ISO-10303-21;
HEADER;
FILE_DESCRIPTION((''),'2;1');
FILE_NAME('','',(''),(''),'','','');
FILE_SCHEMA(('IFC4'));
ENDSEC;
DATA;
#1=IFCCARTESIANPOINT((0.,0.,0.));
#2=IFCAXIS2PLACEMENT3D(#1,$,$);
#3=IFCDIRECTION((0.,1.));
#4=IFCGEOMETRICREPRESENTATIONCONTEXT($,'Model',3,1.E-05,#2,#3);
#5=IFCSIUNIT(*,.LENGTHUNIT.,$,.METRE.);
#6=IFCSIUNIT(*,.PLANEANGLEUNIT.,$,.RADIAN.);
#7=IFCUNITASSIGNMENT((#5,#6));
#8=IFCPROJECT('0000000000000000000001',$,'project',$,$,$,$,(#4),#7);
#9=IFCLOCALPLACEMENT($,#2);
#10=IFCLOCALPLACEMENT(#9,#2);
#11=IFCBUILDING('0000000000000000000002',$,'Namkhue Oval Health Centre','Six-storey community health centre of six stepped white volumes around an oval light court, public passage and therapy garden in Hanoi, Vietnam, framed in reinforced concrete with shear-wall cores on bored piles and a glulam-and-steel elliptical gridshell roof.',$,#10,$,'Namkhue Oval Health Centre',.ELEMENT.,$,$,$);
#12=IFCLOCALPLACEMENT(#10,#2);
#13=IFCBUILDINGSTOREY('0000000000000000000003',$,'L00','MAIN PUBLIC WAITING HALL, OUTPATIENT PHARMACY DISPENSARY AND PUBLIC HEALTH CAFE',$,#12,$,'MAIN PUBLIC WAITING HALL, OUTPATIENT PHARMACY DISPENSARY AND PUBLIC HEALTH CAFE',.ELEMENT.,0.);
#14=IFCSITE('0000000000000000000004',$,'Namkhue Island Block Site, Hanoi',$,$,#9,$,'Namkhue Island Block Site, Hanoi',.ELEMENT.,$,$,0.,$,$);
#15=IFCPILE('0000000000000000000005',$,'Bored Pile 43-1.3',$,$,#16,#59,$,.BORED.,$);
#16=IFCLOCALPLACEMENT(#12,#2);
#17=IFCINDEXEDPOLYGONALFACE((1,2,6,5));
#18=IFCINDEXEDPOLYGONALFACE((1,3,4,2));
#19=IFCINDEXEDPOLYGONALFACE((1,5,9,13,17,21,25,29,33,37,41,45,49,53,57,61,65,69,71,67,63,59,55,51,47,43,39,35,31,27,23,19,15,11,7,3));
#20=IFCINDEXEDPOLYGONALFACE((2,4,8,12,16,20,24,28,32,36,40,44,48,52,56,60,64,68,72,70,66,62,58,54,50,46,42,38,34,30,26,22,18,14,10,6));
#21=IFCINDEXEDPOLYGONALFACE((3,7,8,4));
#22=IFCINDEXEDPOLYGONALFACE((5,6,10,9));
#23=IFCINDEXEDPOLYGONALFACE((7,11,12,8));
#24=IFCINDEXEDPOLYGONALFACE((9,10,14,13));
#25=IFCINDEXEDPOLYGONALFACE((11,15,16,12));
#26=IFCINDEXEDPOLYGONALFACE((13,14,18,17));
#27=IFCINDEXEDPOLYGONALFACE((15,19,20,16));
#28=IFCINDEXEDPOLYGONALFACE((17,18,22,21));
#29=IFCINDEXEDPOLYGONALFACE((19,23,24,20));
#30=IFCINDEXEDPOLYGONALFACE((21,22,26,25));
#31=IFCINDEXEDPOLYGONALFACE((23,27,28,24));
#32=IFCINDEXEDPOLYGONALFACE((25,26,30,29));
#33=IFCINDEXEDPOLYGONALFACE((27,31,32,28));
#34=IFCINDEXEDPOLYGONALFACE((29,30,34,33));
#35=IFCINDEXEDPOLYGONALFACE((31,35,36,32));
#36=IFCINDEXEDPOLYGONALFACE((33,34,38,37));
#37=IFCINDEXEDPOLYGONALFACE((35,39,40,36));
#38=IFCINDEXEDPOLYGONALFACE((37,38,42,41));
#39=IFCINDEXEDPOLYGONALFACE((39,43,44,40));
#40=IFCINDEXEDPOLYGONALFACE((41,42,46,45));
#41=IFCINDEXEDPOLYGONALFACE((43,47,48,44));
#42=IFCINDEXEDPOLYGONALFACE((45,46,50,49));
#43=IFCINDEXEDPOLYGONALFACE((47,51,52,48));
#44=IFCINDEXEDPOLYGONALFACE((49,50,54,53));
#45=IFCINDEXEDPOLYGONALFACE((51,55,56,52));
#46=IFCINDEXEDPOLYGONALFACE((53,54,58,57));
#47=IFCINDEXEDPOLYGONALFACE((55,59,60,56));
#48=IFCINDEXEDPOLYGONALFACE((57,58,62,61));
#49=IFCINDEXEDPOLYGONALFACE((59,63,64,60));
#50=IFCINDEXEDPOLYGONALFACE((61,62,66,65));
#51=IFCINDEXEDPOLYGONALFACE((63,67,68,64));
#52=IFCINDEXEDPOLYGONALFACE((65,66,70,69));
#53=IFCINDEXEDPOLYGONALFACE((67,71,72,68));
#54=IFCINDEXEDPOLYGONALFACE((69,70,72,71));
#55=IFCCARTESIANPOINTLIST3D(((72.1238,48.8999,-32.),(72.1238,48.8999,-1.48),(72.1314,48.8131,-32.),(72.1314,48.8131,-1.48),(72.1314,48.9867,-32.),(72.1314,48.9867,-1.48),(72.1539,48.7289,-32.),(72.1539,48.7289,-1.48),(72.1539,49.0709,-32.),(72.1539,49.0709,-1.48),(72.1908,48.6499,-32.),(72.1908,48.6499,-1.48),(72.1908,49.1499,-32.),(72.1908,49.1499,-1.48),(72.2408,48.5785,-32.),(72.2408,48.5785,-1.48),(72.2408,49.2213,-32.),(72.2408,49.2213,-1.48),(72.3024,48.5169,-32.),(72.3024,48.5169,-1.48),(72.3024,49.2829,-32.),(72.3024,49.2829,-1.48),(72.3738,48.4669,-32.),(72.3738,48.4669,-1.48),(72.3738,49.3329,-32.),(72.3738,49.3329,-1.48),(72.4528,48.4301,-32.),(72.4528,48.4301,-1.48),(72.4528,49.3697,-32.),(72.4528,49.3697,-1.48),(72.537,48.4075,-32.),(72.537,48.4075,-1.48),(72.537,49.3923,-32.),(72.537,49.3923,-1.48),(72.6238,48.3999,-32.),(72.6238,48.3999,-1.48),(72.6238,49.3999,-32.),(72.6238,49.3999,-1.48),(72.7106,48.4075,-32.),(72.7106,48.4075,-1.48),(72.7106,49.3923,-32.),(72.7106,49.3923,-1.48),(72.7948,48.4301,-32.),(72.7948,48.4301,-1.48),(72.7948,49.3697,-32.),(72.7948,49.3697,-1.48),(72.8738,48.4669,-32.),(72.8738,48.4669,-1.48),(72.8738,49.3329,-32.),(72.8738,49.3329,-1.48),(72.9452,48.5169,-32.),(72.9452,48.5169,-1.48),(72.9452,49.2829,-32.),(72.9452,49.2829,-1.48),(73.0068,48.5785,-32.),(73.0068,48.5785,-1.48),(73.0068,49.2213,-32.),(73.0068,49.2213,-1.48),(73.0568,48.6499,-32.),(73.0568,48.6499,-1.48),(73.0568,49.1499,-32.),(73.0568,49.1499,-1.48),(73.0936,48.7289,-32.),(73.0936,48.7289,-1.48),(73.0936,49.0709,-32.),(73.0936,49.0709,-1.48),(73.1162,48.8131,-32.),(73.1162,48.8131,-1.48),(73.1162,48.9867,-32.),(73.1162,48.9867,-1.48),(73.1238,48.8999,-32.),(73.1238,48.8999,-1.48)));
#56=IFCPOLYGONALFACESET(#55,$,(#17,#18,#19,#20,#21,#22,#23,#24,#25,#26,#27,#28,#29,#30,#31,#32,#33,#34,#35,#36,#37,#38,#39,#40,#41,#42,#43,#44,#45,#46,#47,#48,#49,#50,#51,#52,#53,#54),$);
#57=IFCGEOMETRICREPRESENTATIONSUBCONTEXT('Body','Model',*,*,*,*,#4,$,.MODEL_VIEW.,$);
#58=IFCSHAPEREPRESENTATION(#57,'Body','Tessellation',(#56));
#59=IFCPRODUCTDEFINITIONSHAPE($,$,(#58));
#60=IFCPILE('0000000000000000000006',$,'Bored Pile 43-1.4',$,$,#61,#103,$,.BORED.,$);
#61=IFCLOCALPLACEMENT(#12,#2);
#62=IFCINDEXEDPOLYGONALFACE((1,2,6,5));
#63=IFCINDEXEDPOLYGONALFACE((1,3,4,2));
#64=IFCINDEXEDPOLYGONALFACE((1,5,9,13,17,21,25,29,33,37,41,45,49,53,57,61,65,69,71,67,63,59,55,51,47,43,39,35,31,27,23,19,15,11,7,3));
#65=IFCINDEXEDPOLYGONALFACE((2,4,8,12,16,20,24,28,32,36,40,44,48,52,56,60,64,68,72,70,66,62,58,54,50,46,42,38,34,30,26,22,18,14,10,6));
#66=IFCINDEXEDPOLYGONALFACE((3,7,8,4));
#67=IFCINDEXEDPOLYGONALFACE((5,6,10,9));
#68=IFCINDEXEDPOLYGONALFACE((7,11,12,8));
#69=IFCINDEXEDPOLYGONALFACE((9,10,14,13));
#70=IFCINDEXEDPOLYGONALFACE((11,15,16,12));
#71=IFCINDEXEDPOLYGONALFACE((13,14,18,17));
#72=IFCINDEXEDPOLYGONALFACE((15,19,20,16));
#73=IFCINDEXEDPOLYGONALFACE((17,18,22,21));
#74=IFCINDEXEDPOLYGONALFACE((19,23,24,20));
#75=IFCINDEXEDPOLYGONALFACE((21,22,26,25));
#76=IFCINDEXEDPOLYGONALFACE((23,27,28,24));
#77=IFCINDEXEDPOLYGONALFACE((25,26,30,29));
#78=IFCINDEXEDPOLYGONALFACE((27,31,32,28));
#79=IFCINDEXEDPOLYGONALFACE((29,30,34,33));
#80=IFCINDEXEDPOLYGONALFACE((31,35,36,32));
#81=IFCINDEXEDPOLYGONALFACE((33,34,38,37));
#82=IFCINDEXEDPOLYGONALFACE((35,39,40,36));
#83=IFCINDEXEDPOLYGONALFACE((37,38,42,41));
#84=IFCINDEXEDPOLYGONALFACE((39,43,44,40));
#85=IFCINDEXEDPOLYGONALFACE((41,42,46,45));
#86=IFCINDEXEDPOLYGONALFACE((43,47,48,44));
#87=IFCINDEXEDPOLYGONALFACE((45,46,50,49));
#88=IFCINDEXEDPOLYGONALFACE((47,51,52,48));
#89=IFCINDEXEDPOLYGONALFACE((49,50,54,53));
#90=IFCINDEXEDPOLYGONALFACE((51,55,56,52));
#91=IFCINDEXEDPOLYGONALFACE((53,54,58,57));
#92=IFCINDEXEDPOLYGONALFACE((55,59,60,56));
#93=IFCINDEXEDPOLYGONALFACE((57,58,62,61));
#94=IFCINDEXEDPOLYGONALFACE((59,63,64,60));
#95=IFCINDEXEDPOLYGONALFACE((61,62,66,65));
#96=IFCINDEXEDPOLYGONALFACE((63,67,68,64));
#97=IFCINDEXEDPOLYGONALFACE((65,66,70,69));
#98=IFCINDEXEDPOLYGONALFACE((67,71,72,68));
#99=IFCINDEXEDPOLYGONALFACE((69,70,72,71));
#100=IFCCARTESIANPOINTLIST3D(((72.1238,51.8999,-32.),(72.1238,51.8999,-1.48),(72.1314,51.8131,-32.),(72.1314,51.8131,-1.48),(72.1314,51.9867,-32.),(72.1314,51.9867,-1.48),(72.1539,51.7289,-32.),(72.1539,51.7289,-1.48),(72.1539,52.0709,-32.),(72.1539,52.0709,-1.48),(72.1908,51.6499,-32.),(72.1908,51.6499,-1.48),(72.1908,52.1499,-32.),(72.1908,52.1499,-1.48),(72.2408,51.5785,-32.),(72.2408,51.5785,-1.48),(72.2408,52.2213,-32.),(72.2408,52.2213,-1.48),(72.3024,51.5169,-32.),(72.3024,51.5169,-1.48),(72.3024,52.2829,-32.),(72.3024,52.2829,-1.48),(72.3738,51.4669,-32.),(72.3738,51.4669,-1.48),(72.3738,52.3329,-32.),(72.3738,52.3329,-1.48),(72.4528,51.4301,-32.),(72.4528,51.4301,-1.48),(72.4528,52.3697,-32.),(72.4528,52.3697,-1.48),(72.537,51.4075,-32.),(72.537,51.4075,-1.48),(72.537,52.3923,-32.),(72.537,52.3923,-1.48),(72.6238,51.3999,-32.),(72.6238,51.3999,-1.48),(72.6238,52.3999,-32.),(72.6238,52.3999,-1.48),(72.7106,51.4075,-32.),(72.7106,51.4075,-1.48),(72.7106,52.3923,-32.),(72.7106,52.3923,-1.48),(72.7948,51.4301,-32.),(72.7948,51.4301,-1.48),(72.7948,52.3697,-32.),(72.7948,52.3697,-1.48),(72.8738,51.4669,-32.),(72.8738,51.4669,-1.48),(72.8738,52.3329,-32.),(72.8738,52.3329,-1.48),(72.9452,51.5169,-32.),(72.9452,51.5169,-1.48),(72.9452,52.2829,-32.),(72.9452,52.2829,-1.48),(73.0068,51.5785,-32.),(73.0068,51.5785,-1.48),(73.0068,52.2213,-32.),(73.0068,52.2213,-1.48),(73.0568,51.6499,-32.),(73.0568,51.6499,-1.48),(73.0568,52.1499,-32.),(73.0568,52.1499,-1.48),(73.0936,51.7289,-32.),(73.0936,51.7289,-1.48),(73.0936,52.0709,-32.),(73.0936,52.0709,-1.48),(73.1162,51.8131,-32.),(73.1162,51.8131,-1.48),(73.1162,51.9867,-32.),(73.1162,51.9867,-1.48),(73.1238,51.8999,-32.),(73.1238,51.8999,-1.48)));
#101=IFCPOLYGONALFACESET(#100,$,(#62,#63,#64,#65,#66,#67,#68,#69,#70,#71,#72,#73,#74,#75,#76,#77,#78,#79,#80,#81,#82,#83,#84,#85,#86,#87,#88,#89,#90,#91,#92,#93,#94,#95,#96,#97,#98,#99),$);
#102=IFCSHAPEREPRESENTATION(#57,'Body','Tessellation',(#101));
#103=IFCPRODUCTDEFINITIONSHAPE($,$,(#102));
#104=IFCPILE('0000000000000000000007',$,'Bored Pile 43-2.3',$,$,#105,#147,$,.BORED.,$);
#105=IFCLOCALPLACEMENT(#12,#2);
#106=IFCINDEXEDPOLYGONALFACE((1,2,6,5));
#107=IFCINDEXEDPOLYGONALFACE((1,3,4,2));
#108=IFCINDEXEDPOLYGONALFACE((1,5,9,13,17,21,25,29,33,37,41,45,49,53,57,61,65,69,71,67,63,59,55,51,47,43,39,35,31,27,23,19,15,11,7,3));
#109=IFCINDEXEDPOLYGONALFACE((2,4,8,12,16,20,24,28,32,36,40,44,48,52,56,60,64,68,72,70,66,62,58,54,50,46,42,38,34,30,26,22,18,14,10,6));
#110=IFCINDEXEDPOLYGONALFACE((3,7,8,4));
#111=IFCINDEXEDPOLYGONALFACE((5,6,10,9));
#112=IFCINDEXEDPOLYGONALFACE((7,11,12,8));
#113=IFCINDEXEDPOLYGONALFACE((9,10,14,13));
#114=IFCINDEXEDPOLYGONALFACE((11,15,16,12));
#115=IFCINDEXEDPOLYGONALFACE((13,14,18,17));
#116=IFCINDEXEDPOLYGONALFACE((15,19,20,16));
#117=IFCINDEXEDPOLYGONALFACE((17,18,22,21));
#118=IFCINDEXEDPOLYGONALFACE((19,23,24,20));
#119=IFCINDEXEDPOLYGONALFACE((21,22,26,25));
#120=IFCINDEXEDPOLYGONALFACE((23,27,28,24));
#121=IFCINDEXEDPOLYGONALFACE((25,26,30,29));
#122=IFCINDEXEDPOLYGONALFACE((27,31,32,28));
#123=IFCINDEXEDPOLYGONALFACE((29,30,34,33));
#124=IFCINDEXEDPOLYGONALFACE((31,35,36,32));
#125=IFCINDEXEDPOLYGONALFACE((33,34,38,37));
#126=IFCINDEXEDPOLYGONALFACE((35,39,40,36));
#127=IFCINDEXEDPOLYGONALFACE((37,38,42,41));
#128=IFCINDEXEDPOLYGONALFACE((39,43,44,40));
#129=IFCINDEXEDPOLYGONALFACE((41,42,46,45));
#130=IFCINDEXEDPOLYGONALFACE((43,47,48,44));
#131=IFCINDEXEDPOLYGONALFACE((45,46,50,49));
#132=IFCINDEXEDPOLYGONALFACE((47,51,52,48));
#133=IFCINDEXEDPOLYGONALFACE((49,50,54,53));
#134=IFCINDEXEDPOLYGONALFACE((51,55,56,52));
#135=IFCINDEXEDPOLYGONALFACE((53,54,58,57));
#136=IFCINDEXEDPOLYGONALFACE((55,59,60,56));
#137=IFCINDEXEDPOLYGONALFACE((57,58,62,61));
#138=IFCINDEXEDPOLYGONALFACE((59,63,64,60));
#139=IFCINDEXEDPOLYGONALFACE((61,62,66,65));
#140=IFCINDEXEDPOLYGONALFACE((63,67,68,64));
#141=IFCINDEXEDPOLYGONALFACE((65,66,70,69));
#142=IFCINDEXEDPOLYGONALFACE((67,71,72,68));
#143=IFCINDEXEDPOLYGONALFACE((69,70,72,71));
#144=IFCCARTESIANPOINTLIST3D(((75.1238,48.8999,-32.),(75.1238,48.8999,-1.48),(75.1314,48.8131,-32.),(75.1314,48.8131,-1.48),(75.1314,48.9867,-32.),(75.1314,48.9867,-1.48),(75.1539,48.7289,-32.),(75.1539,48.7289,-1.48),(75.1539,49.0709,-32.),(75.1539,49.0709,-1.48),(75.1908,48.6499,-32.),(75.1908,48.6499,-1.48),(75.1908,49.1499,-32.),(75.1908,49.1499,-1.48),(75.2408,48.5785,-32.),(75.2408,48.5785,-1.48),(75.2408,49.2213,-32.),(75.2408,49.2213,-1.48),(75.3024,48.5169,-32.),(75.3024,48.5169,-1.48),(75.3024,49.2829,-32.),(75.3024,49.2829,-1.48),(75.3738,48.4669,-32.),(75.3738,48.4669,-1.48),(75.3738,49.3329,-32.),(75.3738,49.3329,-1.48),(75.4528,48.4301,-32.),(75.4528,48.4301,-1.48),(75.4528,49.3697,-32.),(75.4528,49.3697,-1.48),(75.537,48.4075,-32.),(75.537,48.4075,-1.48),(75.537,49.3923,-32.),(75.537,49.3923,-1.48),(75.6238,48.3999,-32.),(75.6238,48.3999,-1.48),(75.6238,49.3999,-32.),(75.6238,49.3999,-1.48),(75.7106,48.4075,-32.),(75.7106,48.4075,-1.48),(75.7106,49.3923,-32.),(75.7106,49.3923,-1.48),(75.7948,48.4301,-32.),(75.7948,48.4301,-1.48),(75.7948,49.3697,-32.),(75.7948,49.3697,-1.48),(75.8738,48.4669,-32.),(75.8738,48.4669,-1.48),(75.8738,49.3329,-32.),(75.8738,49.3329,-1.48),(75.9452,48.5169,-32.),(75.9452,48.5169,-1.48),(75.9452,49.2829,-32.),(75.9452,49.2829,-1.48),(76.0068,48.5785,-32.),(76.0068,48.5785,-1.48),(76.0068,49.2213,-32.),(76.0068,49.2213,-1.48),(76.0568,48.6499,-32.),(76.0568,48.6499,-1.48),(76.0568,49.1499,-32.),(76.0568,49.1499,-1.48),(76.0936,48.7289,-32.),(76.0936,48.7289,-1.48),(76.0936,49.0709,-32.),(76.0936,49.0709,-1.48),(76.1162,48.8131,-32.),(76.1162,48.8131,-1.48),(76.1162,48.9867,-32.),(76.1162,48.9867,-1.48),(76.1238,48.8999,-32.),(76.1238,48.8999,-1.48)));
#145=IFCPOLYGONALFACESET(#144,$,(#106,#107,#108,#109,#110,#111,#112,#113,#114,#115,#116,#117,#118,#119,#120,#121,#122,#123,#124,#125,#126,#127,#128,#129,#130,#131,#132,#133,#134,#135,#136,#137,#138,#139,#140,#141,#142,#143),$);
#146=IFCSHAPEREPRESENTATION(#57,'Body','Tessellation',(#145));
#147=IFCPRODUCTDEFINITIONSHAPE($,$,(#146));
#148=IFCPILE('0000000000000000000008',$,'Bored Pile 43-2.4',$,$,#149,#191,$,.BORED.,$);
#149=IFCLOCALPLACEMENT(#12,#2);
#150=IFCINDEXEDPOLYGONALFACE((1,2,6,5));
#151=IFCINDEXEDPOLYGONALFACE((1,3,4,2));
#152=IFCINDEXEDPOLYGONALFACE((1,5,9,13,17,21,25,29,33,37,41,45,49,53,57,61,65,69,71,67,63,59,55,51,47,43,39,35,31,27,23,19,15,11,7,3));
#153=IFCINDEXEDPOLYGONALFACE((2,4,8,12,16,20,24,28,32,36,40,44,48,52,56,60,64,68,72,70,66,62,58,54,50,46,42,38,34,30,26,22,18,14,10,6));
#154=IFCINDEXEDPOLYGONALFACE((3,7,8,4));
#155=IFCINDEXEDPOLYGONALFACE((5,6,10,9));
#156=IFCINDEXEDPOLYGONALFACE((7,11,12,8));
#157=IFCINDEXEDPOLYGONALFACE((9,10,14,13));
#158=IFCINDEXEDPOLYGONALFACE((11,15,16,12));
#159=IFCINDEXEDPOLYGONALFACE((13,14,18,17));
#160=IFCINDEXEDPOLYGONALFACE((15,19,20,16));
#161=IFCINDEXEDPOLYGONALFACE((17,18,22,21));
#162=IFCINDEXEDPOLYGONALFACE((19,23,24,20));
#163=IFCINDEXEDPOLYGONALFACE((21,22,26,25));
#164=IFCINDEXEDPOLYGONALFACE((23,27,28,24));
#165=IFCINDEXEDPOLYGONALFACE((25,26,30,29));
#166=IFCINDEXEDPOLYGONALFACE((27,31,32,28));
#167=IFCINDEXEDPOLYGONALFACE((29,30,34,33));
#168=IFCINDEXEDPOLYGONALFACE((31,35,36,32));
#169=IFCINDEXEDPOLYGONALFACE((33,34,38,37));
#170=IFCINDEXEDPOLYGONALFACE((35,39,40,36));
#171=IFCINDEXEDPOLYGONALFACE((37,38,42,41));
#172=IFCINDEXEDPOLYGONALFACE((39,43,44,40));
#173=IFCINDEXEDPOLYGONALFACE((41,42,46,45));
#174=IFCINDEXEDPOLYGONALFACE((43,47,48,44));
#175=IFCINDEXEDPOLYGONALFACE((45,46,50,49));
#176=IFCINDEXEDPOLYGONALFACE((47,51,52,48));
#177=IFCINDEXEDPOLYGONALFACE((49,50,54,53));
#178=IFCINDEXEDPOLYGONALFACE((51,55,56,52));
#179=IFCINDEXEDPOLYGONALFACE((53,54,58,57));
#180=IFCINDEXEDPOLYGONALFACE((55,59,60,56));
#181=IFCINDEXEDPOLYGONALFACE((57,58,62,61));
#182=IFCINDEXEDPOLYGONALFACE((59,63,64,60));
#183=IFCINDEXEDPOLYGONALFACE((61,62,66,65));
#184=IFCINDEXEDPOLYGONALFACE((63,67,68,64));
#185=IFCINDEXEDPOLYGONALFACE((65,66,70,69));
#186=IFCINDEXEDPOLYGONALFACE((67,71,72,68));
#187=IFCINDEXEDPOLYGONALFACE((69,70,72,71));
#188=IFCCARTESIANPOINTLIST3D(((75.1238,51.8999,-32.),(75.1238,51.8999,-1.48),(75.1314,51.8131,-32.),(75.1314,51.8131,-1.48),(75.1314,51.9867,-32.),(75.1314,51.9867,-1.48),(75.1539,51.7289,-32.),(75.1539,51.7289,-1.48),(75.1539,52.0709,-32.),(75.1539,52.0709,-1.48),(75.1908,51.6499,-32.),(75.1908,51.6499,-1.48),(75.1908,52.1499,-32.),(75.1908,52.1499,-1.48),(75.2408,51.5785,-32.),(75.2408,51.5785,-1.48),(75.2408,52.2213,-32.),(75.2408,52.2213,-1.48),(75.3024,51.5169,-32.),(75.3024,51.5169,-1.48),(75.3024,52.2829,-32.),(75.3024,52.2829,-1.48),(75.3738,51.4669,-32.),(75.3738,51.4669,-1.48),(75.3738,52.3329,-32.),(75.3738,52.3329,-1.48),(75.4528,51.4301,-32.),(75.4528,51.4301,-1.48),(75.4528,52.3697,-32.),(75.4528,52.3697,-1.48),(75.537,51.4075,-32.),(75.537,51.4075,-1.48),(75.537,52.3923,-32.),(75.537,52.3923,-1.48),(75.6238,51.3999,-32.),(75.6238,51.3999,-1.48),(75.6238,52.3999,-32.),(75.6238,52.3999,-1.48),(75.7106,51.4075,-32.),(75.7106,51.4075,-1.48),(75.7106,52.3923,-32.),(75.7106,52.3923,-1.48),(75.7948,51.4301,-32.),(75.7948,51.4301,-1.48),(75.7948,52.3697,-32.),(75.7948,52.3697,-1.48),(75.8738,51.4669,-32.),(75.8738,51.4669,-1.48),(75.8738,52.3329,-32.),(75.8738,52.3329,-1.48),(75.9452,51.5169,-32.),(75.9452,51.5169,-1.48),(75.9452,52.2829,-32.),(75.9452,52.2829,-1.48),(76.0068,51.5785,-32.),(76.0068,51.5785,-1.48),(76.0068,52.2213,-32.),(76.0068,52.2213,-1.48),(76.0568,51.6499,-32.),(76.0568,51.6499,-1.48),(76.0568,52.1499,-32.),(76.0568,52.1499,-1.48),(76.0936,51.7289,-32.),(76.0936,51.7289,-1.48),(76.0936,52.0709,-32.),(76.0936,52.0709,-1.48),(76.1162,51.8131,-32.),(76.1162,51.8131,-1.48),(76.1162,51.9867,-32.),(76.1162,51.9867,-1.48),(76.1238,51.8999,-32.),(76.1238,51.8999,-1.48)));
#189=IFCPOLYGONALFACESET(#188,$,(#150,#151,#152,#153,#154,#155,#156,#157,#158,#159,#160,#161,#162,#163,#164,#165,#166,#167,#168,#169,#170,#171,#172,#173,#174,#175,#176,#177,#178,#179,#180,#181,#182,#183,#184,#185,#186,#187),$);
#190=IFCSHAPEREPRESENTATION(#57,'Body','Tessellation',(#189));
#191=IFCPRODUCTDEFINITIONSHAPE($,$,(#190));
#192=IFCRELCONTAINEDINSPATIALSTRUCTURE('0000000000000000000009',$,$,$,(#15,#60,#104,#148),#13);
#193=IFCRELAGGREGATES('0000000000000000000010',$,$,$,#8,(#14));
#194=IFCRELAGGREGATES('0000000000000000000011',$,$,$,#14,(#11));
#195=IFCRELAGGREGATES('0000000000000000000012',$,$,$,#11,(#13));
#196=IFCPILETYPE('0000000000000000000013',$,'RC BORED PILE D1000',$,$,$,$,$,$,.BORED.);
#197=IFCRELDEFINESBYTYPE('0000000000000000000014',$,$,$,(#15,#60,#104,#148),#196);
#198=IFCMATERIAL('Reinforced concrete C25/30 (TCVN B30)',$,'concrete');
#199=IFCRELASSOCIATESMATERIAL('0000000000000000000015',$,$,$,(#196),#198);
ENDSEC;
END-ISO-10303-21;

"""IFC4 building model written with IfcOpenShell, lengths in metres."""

from ifc_helpers import new_model, si_unit, direction, frame, origin, origin_2d, place, context, subcontext, project, spatial, circle, extrude, material, material_profile, profile_set, type_object, element, save


model = new_model("IFC4")

# Units and contexts
model_context = context("Model", 3, precision=1e-05, world=origin(), true_north=direction((0.0, 1.0)))
body_context = subcontext(model_context, "Body", "Model", "MODEL_VIEW")
ifc_project = project(units=[si_unit("LENGTHUNIT", "METRE"), si_unit("PLANEANGLEUNIT", "RADIAN")], contexts=[model_context])

# Site, building, storey
site_placement = place(None, origin())
site = spatial("IfcSite", under=ifc_project, at=site_placement, Name="Namkhue Island Block Site, Hanoi", LongName="Namkhue Island Block Site, Hanoi", CompositionType="ELEMENT", RefElevation=0.0)
building_placement = place(site_placement, origin())
building = spatial("IfcBuilding", under=site, at=building_placement, Name="Namkhue Oval Health Centre", Description="Six-storey community health centre of six stepped white volumes around an oval light court, public passage and therapy garden in Hanoi, Vietnam, framed in reinforced concrete with shear-wall cores on bored piles and a glulam-and-steel elliptical gridshell roof.", LongName="Namkhue Oval Health Centre", CompositionType="ELEMENT")
storey_placement = place(building_placement, origin())
storey = spatial("IfcBuildingStorey", under=building, at=storey_placement, Name="L00", Description="MAIN PUBLIC WAITING HALL, OUTPATIENT PHARMACY DISPENSARY AND PUBLIC HEALTH CAFE", LongName="MAIN PUBLIC WAITING HALL, OUTPATIENT PHARMACY DISPENSARY AND PUBLIC HEALTH CAFE", CompositionType="ELEMENT", Elevation=0.0)

# Piles
ifc_material_1 = material(Name="Reinforced concrete C25/30 (TCVN B30)", Category="concrete")
ifc_material_profile_1 = material_profile(ifc_material_1, circle(Radius=0.5, at=origin_2d()), Name="BORED PILE D1000")
ifc_profile_set_1 = profile_set([ifc_material_profile_1], Name="Reinforced concrete C25/30 (TCVN B30)")
pile_type = type_object("IfcPileType", Name="RC BORED PILE D1000", PredefinedType="BORED", material=ifc_profile_set_1)
for number, where, z_axis, x_axis, name in (
    (1, (72.6238, 48.8999, -1.48), (0.0, 0.0, -1.0), (1.0, 0.0, 0.0), "Bored Pile 43-1.3"),
    (2, (72.6238, 51.8999, -1.48), (0.0, 0.0, -1.0), (1.0, 0.0, 0.0), "Bored Pile 43-1.4"),
    (3, (75.6238, 48.8999, -1.48), (0.0, 0.0, -1.0), (1.0, 0.0, 0.0), "Bored Pile 43-2.3"),
    (4, (75.6238, 51.8999, -1.48), (0.0, 0.0, -1.0), (1.0, 0.0, 0.0), "Bored Pile 43-2.4"),
):
    element("IfcPile", number, at=place(storey_placement, frame(where, z_axis=z_axis, x_axis=x_axis)), inside=storey, type_object=pile_type, Name=name, PredefinedType="BORED", context=body_context, shape_type="SweptSolid", body=[
        extrude(circle(Radius=0.5, at=origin_2d()), origin(), (0.0, 0.0, 1.0), 30.52),
    ])

save(model, "model.ifc")
